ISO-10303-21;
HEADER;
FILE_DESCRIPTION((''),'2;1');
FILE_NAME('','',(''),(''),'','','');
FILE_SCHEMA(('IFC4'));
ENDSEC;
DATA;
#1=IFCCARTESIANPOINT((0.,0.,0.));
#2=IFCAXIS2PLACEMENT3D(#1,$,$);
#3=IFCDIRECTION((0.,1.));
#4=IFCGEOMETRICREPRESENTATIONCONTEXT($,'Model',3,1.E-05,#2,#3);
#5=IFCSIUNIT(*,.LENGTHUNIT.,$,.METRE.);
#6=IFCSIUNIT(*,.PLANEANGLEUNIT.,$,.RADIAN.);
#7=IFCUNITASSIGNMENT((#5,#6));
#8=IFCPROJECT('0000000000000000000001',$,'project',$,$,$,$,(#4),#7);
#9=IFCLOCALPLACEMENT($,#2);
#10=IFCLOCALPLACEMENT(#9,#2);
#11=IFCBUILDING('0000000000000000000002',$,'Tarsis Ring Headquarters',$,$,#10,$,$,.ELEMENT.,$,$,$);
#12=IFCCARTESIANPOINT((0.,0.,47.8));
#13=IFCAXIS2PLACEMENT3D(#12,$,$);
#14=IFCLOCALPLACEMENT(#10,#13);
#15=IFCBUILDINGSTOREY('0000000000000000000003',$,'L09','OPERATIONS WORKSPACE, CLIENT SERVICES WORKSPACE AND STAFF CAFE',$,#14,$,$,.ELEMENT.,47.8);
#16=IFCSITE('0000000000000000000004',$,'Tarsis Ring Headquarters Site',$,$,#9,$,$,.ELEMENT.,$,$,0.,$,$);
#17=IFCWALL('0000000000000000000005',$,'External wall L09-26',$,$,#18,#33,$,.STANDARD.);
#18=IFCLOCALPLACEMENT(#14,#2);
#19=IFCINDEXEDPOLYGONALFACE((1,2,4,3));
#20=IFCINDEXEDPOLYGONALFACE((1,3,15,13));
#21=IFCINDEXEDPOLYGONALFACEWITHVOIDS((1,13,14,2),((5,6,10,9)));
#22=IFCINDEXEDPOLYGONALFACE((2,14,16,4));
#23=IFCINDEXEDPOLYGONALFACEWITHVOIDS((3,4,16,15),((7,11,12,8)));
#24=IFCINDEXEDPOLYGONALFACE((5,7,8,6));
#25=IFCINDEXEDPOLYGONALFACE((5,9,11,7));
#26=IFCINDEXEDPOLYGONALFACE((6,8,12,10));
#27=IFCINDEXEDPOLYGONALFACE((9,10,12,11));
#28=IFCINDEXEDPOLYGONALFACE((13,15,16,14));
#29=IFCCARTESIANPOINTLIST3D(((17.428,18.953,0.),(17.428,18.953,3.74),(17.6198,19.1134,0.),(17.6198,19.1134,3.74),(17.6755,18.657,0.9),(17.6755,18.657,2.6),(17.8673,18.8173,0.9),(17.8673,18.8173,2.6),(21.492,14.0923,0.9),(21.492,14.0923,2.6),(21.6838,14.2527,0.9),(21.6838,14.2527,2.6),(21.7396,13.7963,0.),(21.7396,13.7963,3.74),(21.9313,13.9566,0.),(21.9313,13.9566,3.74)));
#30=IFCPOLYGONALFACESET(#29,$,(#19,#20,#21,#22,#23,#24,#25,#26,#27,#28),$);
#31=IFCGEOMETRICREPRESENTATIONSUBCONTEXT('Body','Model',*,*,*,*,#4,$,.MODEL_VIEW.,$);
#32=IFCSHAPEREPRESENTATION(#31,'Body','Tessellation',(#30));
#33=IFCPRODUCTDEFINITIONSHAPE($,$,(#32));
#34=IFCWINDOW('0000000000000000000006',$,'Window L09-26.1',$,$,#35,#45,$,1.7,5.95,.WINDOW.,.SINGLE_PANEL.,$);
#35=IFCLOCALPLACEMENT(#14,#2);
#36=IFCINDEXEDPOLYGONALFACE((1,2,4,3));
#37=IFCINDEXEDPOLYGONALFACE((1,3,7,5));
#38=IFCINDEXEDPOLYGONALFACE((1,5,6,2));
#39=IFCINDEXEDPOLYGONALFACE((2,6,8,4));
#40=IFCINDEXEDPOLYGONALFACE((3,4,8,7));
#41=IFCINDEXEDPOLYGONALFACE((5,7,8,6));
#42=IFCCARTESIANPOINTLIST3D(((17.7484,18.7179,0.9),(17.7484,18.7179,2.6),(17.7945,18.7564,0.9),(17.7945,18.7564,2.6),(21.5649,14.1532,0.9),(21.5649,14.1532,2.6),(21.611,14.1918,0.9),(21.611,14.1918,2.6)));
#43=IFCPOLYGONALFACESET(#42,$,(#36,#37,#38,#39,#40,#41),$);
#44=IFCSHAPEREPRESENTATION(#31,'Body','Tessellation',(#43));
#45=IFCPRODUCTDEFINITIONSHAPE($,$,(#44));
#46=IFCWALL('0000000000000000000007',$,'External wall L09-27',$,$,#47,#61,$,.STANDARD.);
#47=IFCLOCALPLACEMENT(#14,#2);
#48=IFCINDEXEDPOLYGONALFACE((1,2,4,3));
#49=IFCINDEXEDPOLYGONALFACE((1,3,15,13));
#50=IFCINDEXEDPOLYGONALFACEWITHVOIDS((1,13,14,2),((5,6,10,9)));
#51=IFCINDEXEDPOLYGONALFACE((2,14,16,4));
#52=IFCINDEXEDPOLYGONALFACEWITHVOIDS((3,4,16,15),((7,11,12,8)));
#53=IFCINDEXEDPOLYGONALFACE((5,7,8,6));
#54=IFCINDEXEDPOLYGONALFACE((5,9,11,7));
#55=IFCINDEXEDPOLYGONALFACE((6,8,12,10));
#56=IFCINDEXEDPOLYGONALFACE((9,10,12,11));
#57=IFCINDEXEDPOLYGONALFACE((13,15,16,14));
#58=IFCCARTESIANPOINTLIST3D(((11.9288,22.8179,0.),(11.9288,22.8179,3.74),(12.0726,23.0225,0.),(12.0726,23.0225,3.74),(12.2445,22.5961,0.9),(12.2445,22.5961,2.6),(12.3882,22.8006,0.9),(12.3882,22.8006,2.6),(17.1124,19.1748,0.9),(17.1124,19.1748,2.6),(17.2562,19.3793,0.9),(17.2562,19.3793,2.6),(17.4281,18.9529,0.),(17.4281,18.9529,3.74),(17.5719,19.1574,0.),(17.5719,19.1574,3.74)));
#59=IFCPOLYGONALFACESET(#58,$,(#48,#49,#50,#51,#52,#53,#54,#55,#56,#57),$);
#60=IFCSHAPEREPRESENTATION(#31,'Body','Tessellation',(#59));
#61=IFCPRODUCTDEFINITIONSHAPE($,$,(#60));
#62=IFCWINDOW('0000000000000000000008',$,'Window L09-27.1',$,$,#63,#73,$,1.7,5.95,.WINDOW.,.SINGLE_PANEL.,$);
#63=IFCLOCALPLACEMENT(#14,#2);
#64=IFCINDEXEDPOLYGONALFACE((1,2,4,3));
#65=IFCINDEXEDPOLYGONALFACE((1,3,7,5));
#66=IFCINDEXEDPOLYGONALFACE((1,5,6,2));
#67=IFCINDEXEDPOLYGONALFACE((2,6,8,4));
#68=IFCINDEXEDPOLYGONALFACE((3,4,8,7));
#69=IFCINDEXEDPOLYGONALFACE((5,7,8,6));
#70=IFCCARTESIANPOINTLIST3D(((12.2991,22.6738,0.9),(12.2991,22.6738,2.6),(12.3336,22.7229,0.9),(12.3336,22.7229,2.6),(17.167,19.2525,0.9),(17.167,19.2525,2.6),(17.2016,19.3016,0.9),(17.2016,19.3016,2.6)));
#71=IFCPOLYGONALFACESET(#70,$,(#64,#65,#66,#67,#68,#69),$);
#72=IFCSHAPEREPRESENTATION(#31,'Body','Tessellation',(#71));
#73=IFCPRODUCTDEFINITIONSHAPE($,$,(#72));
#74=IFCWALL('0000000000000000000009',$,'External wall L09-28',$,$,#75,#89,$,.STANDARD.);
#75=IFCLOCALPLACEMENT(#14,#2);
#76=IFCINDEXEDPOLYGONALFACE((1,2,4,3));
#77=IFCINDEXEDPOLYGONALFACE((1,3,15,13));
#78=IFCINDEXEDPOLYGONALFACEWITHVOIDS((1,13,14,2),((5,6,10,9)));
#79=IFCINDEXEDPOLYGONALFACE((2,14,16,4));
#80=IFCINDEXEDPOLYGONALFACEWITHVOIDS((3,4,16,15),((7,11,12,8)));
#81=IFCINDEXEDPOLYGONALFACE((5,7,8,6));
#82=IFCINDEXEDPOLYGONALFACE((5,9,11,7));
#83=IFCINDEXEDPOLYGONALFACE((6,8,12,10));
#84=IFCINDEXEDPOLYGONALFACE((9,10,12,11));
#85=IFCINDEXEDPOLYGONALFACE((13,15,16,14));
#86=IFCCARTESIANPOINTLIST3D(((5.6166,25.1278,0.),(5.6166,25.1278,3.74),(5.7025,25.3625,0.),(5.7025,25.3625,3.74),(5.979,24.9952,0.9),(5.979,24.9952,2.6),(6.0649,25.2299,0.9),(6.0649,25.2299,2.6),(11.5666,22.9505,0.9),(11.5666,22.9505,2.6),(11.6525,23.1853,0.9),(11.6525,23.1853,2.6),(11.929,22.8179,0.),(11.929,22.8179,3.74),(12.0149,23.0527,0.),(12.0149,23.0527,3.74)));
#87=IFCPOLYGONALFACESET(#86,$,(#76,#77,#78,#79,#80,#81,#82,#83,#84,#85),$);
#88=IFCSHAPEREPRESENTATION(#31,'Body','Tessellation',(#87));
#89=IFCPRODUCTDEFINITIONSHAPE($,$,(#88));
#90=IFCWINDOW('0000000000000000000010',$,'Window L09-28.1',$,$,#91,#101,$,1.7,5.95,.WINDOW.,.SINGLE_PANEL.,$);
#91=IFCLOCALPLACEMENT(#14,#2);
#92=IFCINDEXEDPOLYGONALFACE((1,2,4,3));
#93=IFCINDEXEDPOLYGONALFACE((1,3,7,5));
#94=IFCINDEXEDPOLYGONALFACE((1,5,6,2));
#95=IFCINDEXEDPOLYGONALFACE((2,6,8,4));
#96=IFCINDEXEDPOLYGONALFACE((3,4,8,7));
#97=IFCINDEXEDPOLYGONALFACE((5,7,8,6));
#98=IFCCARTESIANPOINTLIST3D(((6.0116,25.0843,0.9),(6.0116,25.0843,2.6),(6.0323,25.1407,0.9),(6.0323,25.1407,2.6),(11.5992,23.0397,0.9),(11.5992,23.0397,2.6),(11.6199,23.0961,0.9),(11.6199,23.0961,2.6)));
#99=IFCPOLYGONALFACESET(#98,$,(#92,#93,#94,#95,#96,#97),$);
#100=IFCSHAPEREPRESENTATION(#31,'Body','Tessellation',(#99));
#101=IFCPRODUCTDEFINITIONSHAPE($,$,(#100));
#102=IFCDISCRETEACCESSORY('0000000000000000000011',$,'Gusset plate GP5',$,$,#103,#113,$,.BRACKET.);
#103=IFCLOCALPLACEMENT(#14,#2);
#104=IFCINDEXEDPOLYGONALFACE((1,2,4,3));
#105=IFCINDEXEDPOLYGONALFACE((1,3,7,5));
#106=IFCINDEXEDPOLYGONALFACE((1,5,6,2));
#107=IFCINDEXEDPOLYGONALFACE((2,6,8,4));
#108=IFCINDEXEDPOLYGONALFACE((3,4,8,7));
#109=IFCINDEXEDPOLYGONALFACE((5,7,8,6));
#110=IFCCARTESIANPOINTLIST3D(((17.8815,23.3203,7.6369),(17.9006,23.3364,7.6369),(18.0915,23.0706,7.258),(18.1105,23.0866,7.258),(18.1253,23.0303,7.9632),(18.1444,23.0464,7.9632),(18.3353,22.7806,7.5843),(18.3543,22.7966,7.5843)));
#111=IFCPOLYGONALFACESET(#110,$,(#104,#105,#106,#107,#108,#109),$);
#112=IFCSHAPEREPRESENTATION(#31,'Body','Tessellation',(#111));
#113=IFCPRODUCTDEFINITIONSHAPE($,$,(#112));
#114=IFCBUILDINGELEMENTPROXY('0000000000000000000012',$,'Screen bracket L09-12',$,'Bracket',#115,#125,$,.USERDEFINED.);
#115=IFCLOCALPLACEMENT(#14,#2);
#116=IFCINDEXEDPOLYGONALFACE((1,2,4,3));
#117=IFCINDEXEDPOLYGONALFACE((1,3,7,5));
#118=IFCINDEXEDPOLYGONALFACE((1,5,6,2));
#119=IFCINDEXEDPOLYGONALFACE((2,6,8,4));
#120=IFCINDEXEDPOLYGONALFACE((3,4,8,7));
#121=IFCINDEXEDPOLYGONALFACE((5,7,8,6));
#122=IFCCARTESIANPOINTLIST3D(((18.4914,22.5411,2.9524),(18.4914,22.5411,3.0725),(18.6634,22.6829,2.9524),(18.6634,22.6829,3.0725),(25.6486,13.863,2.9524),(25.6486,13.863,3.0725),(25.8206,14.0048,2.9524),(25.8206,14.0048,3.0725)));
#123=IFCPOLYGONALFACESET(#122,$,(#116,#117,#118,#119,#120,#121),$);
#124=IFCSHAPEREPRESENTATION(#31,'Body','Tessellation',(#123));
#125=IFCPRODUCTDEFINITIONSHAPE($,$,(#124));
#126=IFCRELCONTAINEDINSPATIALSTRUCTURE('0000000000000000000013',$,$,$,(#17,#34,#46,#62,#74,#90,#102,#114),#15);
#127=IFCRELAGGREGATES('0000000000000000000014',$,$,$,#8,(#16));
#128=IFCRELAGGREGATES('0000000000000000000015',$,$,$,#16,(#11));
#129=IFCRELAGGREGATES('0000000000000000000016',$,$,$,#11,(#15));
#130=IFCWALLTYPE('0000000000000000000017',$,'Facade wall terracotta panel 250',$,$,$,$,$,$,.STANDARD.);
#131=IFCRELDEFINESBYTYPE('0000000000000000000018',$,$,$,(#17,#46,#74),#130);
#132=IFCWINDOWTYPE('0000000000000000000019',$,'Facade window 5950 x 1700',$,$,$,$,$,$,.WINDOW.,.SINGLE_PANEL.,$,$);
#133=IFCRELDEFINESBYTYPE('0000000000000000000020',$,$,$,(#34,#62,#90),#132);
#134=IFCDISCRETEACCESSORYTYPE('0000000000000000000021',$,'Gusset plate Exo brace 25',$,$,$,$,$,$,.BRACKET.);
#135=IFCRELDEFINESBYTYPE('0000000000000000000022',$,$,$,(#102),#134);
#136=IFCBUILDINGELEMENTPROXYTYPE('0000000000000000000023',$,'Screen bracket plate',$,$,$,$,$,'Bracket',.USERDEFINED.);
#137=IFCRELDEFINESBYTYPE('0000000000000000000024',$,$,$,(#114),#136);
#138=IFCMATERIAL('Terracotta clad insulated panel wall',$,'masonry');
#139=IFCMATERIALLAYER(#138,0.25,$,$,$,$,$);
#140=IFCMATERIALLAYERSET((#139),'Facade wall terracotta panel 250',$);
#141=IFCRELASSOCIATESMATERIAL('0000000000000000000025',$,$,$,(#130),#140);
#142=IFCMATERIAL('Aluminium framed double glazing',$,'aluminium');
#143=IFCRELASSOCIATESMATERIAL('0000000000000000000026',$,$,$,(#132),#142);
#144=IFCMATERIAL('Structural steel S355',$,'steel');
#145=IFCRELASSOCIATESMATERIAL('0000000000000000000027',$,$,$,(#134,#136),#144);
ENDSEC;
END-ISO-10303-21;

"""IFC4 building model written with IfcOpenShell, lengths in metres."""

from ifc_helpers import new_model, si_unit, direction, frame, frame_2d, origin, origin_2d, place, context, subcontext, project, spatial, rectangle, extrude, material, layer, layer_set, material_profile, profile_set, type_object, element, fill, save


model = new_model("IFC4")

# Units and contexts
model_context = context("Model", 3, precision=1e-05, world=origin(), true_north=direction((0.0, 1.0)))
body_context = subcontext(model_context, "Body", "Model", "MODEL_VIEW")
ifc_project = project(units=[si_unit("LENGTHUNIT", "METRE"), si_unit("PLANEANGLEUNIT", "RADIAN")], contexts=[model_context])

# Site, building, storey
site_placement = place(None, origin())
site = spatial("IfcSite", under=ifc_project, at=site_placement, Name="Tarsis Ring Headquarters Site", CompositionType="ELEMENT", RefElevation=0.0)
building_placement = place(site_placement, origin())
building = spatial("IfcBuilding", under=site, at=building_placement, Name="Tarsis Ring Headquarters", CompositionType="ELEMENT")
storey_placement = place(building_placement, frame((0.0, 0.0, 47.8)))
storey = spatial("IfcBuildingStorey", under=building, at=storey_placement, Name="L09", Description="OPERATIONS WORKSPACE, CLIENT SERVICES WORKSPACE AND STAFF CAFE", CompositionType="ELEMENT", Elevation=47.8)

# Shared definitions
ifc_material_1 = material(Name="Structural steel S355", Category="steel")

# Walls, openings, windows
ifc_material_2 = material(Name="Terracotta clad insulated panel wall", Category="masonry")
ifc_layer = layer(ifc_material_2, 0.25)
ifc_layer_set = layer_set([ifc_layer], Name="Facade wall terracotta panel 250")
wall_type = type_object("IfcWallType", Name="Facade wall terracotta panel 250", PredefinedType="STANDARD", material=ifc_layer_set)
wall_1_placement = place(storey_placement, frame((21.8354, 13.8765, 0.0), z_axis=(0.0, 0.0, 1.0), x_axis=(-0.641434, 0.767178, 0.0)))
wall_1 = element("IfcWall", 1, at=wall_1_placement, inside=storey, type_object=wall_type, Name="External wall L09-26", PredefinedType="STANDARD", context=body_context, shape_type="SweptSolid", body=[
    extrude(rectangle(XDim=6.7217, YDim=0.25, at=frame_2d((3.3608, 0.0))), origin(), (0.0, 0.0, 1.0), 3.74),
])
opening_1_placement = place(wall_1_placement, frame((0.3857, 0.0, 0.8999)))
opening_1 = element("IfcOpeningElement", 2, at=opening_1_placement, cuts=wall_1, PredefinedType="OPENING", context=body_context, shape_type="SweptSolid", body=[
    extrude(rectangle(XDim=5.95, YDim=1.7, at=frame_2d((2.9751, 0.8501))), frame((0.0, 0.135, 0.0), z_axis=(0.0, -1.0, 0.0), x_axis=(1.0, 0.0, 0.0)), (0.0, 0.0, 1.0), 0.27),
])
ifc_material_3 = material(Name="Aluminium framed double glazing", Category="aluminium")
window_type = type_object("IfcWindowType", Name="Facade window 5950 x 1700", PartitioningType="SINGLE_PANEL", PredefinedType="WINDOW", material=ifc_material_3)
window_1_placement = place(opening_1_placement, origin())
window_1 = element("IfcWindow", 3, at=window_1_placement, inside=storey, type_object=window_type, Name="Window L09-26.1", OverallHeight=1.7, OverallWidth=5.95, PartitioningType="SINGLE_PANEL", PredefinedType="WINDOW", context=body_context, shape_type="SweptSolid", body=[
    extrude(rectangle(XDim=5.95, YDim=1.7, at=frame_2d((2.9751, 0.8501))), frame((0.0, 0.03, 0.0), z_axis=(0.0, -1.0, 0.0), x_axis=(1.0, 0.0, 0.0)), (0.0, 0.0, 1.0), 0.0601),
])
fill(opening_1, window_1)
wall_2_placement = place(storey_placement, frame((17.5, 19.0552, 0.0), z_axis=(0.0, 0.0, 1.0), x_axis=(-0.818147, 0.575009, 0.0)))
wall_2 = element("IfcWall", 4, at=wall_2_placement, inside=storey, type_object=wall_type, Name="External wall L09-27", PredefinedType="STANDARD", context=body_context, shape_type="SweptSolid", body=[
    extrude(rectangle(XDim=6.7217, YDim=0.25, at=frame_2d((3.3608, 0.0))), origin(), (0.0, 0.0, 1.0), 3.74),
])
opening_2_placement = place(wall_2_placement, frame((0.3857, 0.0, 0.8999)))
opening_2 = element("IfcOpeningElement", 5, at=opening_2_placement, cuts=wall_2, PredefinedType="OPENING", context=body_context, shape_type="SweptSolid", body=[
    extrude(rectangle(XDim=5.95, YDim=1.7, at=frame_2d((2.9751, 0.8501))), frame((0.0, 0.135, 0.0), z_axis=(0.0, -1.0, 0.0), x_axis=(1.0, 0.0, 0.0)), (0.0, 0.0, 1.0), 0.27),
])
window_2_placement = place(opening_2_placement, origin())
window_2 = element("IfcWindow", 6, at=window_2_placement, inside=storey, type_object=window_type, Name="Window L09-27.1", OverallHeight=1.7, OverallWidth=5.95, PartitioningType="SINGLE_PANEL", PredefinedType="WINDOW", context=body_context, shape_type="SweptSolid", body=[
    extrude(rectangle(XDim=5.95, YDim=1.7, at=frame_2d((2.9751, 0.8501))), frame((0.0, 0.03, 0.0), z_axis=(0.0, -1.0, 0.0), x_axis=(1.0, 0.0, 0.0)), (0.0, 0.0, 1.0), 0.0601),
])
fill(opening_2, window_2)
wall_3_placement = place(storey_placement, frame((11.9719, 22.9353, 0.0), z_axis=(0.0, 0.0, 1.0), x_axis=(-0.939101, 0.343641, 0.0)))
wall_3 = element("IfcWall", 7, at=wall_3_placement, inside=storey, type_object=wall_type, Name="External wall L09-28", PredefinedType="STANDARD", context=body_context, shape_type="SweptSolid", body=[
    extrude(rectangle(XDim=6.7217, YDim=0.25, at=frame_2d((3.3608, 0.0))), origin(), (0.0, 0.0, 1.0), 3.74),
])
opening_3_placement = place(wall_3_placement, frame((0.3857, 0.0, 0.8999)))
opening_3 = element("IfcOpeningElement", 8, at=opening_3_placement, cuts=wall_3, PredefinedType="OPENING", context=body_context, shape_type="SweptSolid", body=[
    extrude(rectangle(XDim=5.95, YDim=1.7, at=frame_2d((2.9751, 0.8501))), frame((0.0, 0.135, 0.0), z_axis=(0.0, -1.0, 0.0), x_axis=(1.0, 0.0, 0.0)), (0.0, 0.0, 1.0), 0.27),
])
window_3_placement = place(opening_3_placement, origin())
window_3 = element("IfcWindow", 9, at=window_3_placement, inside=storey, type_object=window_type, Name="Window L09-28.1", OverallHeight=1.7, OverallWidth=5.95, PartitioningType="SINGLE_PANEL", PredefinedType="WINDOW", context=body_context, shape_type="SweptSolid", body=[
    extrude(rectangle(XDim=5.95, YDim=1.7, at=frame_2d((2.9751, 0.8501))), frame((0.0, 0.03, 0.0), z_axis=(0.0, -1.0, 0.0), x_axis=(1.0, 0.0, 0.0)), (0.0, 0.0, 1.0), 0.0601),
])
fill(opening_3, window_3)

# Discrete accessory
ifc_material_profile_1 = material_profile(ifc_material_1, rectangle(XDim=0.0249, YDim=0.5, at=origin_2d()), Name="PL 25x500")
ifc_profile_set_1 = profile_set([ifc_material_profile_1], Name="Structural steel S355")
discrete_accessory_type = type_object("IfcDiscreteAccessoryType", Name="Gusset plate Exo brace 25", PredefinedType="BRACKET", material=ifc_profile_set_1)
discrete_accessory_placement = place(storey_placement, frame((18.0129, 23.1833, 7.8), z_axis=(0.419895, -0.49948, -0.757765), x_axis=(0.765454, 0.64349, 0.0)))
element("IfcDiscreteAccessory", 10, at=discrete_accessory_placement, inside=storey, type_object=discrete_accessory_type, Name="Gusset plate GP5", PredefinedType="BRACKET", context=body_context, shape_type="SweptSolid", body=[
    extrude(rectangle(XDim=0.0249, YDim=0.5, at=origin_2d()), origin(), (0.0, 0.0, 1.0), 0.5),
])

# Building element proxy
building_element_proxy_type = type_object("IfcBuildingElementProxyType", Name="Screen bracket plate", ElementType="Bracket", PredefinedType="USERDEFINED", material=ifc_material_1)
proxy_placement = place(storey_placement, frame((22.156, 18.2729, 2.9524), z_axis=(0.0, 0.0, 1.0), x_axis=(-0.636263, 0.771472, 0.0)))
element("IfcBuildingElementProxy", 11, at=proxy_placement, inside=storey, type_object=building_element_proxy_type, Name="Screen bracket L09-12", ObjectType="Bracket", PredefinedType="USERDEFINED", context=body_context, shape_type="SweptSolid", body=[
    extrude(rectangle(XDim=11.2488, YDim=0.2229, at=origin_2d()), origin(), (0.0, 0.0, 1.0), 0.1201),
])

save(model, "model.ifc")
